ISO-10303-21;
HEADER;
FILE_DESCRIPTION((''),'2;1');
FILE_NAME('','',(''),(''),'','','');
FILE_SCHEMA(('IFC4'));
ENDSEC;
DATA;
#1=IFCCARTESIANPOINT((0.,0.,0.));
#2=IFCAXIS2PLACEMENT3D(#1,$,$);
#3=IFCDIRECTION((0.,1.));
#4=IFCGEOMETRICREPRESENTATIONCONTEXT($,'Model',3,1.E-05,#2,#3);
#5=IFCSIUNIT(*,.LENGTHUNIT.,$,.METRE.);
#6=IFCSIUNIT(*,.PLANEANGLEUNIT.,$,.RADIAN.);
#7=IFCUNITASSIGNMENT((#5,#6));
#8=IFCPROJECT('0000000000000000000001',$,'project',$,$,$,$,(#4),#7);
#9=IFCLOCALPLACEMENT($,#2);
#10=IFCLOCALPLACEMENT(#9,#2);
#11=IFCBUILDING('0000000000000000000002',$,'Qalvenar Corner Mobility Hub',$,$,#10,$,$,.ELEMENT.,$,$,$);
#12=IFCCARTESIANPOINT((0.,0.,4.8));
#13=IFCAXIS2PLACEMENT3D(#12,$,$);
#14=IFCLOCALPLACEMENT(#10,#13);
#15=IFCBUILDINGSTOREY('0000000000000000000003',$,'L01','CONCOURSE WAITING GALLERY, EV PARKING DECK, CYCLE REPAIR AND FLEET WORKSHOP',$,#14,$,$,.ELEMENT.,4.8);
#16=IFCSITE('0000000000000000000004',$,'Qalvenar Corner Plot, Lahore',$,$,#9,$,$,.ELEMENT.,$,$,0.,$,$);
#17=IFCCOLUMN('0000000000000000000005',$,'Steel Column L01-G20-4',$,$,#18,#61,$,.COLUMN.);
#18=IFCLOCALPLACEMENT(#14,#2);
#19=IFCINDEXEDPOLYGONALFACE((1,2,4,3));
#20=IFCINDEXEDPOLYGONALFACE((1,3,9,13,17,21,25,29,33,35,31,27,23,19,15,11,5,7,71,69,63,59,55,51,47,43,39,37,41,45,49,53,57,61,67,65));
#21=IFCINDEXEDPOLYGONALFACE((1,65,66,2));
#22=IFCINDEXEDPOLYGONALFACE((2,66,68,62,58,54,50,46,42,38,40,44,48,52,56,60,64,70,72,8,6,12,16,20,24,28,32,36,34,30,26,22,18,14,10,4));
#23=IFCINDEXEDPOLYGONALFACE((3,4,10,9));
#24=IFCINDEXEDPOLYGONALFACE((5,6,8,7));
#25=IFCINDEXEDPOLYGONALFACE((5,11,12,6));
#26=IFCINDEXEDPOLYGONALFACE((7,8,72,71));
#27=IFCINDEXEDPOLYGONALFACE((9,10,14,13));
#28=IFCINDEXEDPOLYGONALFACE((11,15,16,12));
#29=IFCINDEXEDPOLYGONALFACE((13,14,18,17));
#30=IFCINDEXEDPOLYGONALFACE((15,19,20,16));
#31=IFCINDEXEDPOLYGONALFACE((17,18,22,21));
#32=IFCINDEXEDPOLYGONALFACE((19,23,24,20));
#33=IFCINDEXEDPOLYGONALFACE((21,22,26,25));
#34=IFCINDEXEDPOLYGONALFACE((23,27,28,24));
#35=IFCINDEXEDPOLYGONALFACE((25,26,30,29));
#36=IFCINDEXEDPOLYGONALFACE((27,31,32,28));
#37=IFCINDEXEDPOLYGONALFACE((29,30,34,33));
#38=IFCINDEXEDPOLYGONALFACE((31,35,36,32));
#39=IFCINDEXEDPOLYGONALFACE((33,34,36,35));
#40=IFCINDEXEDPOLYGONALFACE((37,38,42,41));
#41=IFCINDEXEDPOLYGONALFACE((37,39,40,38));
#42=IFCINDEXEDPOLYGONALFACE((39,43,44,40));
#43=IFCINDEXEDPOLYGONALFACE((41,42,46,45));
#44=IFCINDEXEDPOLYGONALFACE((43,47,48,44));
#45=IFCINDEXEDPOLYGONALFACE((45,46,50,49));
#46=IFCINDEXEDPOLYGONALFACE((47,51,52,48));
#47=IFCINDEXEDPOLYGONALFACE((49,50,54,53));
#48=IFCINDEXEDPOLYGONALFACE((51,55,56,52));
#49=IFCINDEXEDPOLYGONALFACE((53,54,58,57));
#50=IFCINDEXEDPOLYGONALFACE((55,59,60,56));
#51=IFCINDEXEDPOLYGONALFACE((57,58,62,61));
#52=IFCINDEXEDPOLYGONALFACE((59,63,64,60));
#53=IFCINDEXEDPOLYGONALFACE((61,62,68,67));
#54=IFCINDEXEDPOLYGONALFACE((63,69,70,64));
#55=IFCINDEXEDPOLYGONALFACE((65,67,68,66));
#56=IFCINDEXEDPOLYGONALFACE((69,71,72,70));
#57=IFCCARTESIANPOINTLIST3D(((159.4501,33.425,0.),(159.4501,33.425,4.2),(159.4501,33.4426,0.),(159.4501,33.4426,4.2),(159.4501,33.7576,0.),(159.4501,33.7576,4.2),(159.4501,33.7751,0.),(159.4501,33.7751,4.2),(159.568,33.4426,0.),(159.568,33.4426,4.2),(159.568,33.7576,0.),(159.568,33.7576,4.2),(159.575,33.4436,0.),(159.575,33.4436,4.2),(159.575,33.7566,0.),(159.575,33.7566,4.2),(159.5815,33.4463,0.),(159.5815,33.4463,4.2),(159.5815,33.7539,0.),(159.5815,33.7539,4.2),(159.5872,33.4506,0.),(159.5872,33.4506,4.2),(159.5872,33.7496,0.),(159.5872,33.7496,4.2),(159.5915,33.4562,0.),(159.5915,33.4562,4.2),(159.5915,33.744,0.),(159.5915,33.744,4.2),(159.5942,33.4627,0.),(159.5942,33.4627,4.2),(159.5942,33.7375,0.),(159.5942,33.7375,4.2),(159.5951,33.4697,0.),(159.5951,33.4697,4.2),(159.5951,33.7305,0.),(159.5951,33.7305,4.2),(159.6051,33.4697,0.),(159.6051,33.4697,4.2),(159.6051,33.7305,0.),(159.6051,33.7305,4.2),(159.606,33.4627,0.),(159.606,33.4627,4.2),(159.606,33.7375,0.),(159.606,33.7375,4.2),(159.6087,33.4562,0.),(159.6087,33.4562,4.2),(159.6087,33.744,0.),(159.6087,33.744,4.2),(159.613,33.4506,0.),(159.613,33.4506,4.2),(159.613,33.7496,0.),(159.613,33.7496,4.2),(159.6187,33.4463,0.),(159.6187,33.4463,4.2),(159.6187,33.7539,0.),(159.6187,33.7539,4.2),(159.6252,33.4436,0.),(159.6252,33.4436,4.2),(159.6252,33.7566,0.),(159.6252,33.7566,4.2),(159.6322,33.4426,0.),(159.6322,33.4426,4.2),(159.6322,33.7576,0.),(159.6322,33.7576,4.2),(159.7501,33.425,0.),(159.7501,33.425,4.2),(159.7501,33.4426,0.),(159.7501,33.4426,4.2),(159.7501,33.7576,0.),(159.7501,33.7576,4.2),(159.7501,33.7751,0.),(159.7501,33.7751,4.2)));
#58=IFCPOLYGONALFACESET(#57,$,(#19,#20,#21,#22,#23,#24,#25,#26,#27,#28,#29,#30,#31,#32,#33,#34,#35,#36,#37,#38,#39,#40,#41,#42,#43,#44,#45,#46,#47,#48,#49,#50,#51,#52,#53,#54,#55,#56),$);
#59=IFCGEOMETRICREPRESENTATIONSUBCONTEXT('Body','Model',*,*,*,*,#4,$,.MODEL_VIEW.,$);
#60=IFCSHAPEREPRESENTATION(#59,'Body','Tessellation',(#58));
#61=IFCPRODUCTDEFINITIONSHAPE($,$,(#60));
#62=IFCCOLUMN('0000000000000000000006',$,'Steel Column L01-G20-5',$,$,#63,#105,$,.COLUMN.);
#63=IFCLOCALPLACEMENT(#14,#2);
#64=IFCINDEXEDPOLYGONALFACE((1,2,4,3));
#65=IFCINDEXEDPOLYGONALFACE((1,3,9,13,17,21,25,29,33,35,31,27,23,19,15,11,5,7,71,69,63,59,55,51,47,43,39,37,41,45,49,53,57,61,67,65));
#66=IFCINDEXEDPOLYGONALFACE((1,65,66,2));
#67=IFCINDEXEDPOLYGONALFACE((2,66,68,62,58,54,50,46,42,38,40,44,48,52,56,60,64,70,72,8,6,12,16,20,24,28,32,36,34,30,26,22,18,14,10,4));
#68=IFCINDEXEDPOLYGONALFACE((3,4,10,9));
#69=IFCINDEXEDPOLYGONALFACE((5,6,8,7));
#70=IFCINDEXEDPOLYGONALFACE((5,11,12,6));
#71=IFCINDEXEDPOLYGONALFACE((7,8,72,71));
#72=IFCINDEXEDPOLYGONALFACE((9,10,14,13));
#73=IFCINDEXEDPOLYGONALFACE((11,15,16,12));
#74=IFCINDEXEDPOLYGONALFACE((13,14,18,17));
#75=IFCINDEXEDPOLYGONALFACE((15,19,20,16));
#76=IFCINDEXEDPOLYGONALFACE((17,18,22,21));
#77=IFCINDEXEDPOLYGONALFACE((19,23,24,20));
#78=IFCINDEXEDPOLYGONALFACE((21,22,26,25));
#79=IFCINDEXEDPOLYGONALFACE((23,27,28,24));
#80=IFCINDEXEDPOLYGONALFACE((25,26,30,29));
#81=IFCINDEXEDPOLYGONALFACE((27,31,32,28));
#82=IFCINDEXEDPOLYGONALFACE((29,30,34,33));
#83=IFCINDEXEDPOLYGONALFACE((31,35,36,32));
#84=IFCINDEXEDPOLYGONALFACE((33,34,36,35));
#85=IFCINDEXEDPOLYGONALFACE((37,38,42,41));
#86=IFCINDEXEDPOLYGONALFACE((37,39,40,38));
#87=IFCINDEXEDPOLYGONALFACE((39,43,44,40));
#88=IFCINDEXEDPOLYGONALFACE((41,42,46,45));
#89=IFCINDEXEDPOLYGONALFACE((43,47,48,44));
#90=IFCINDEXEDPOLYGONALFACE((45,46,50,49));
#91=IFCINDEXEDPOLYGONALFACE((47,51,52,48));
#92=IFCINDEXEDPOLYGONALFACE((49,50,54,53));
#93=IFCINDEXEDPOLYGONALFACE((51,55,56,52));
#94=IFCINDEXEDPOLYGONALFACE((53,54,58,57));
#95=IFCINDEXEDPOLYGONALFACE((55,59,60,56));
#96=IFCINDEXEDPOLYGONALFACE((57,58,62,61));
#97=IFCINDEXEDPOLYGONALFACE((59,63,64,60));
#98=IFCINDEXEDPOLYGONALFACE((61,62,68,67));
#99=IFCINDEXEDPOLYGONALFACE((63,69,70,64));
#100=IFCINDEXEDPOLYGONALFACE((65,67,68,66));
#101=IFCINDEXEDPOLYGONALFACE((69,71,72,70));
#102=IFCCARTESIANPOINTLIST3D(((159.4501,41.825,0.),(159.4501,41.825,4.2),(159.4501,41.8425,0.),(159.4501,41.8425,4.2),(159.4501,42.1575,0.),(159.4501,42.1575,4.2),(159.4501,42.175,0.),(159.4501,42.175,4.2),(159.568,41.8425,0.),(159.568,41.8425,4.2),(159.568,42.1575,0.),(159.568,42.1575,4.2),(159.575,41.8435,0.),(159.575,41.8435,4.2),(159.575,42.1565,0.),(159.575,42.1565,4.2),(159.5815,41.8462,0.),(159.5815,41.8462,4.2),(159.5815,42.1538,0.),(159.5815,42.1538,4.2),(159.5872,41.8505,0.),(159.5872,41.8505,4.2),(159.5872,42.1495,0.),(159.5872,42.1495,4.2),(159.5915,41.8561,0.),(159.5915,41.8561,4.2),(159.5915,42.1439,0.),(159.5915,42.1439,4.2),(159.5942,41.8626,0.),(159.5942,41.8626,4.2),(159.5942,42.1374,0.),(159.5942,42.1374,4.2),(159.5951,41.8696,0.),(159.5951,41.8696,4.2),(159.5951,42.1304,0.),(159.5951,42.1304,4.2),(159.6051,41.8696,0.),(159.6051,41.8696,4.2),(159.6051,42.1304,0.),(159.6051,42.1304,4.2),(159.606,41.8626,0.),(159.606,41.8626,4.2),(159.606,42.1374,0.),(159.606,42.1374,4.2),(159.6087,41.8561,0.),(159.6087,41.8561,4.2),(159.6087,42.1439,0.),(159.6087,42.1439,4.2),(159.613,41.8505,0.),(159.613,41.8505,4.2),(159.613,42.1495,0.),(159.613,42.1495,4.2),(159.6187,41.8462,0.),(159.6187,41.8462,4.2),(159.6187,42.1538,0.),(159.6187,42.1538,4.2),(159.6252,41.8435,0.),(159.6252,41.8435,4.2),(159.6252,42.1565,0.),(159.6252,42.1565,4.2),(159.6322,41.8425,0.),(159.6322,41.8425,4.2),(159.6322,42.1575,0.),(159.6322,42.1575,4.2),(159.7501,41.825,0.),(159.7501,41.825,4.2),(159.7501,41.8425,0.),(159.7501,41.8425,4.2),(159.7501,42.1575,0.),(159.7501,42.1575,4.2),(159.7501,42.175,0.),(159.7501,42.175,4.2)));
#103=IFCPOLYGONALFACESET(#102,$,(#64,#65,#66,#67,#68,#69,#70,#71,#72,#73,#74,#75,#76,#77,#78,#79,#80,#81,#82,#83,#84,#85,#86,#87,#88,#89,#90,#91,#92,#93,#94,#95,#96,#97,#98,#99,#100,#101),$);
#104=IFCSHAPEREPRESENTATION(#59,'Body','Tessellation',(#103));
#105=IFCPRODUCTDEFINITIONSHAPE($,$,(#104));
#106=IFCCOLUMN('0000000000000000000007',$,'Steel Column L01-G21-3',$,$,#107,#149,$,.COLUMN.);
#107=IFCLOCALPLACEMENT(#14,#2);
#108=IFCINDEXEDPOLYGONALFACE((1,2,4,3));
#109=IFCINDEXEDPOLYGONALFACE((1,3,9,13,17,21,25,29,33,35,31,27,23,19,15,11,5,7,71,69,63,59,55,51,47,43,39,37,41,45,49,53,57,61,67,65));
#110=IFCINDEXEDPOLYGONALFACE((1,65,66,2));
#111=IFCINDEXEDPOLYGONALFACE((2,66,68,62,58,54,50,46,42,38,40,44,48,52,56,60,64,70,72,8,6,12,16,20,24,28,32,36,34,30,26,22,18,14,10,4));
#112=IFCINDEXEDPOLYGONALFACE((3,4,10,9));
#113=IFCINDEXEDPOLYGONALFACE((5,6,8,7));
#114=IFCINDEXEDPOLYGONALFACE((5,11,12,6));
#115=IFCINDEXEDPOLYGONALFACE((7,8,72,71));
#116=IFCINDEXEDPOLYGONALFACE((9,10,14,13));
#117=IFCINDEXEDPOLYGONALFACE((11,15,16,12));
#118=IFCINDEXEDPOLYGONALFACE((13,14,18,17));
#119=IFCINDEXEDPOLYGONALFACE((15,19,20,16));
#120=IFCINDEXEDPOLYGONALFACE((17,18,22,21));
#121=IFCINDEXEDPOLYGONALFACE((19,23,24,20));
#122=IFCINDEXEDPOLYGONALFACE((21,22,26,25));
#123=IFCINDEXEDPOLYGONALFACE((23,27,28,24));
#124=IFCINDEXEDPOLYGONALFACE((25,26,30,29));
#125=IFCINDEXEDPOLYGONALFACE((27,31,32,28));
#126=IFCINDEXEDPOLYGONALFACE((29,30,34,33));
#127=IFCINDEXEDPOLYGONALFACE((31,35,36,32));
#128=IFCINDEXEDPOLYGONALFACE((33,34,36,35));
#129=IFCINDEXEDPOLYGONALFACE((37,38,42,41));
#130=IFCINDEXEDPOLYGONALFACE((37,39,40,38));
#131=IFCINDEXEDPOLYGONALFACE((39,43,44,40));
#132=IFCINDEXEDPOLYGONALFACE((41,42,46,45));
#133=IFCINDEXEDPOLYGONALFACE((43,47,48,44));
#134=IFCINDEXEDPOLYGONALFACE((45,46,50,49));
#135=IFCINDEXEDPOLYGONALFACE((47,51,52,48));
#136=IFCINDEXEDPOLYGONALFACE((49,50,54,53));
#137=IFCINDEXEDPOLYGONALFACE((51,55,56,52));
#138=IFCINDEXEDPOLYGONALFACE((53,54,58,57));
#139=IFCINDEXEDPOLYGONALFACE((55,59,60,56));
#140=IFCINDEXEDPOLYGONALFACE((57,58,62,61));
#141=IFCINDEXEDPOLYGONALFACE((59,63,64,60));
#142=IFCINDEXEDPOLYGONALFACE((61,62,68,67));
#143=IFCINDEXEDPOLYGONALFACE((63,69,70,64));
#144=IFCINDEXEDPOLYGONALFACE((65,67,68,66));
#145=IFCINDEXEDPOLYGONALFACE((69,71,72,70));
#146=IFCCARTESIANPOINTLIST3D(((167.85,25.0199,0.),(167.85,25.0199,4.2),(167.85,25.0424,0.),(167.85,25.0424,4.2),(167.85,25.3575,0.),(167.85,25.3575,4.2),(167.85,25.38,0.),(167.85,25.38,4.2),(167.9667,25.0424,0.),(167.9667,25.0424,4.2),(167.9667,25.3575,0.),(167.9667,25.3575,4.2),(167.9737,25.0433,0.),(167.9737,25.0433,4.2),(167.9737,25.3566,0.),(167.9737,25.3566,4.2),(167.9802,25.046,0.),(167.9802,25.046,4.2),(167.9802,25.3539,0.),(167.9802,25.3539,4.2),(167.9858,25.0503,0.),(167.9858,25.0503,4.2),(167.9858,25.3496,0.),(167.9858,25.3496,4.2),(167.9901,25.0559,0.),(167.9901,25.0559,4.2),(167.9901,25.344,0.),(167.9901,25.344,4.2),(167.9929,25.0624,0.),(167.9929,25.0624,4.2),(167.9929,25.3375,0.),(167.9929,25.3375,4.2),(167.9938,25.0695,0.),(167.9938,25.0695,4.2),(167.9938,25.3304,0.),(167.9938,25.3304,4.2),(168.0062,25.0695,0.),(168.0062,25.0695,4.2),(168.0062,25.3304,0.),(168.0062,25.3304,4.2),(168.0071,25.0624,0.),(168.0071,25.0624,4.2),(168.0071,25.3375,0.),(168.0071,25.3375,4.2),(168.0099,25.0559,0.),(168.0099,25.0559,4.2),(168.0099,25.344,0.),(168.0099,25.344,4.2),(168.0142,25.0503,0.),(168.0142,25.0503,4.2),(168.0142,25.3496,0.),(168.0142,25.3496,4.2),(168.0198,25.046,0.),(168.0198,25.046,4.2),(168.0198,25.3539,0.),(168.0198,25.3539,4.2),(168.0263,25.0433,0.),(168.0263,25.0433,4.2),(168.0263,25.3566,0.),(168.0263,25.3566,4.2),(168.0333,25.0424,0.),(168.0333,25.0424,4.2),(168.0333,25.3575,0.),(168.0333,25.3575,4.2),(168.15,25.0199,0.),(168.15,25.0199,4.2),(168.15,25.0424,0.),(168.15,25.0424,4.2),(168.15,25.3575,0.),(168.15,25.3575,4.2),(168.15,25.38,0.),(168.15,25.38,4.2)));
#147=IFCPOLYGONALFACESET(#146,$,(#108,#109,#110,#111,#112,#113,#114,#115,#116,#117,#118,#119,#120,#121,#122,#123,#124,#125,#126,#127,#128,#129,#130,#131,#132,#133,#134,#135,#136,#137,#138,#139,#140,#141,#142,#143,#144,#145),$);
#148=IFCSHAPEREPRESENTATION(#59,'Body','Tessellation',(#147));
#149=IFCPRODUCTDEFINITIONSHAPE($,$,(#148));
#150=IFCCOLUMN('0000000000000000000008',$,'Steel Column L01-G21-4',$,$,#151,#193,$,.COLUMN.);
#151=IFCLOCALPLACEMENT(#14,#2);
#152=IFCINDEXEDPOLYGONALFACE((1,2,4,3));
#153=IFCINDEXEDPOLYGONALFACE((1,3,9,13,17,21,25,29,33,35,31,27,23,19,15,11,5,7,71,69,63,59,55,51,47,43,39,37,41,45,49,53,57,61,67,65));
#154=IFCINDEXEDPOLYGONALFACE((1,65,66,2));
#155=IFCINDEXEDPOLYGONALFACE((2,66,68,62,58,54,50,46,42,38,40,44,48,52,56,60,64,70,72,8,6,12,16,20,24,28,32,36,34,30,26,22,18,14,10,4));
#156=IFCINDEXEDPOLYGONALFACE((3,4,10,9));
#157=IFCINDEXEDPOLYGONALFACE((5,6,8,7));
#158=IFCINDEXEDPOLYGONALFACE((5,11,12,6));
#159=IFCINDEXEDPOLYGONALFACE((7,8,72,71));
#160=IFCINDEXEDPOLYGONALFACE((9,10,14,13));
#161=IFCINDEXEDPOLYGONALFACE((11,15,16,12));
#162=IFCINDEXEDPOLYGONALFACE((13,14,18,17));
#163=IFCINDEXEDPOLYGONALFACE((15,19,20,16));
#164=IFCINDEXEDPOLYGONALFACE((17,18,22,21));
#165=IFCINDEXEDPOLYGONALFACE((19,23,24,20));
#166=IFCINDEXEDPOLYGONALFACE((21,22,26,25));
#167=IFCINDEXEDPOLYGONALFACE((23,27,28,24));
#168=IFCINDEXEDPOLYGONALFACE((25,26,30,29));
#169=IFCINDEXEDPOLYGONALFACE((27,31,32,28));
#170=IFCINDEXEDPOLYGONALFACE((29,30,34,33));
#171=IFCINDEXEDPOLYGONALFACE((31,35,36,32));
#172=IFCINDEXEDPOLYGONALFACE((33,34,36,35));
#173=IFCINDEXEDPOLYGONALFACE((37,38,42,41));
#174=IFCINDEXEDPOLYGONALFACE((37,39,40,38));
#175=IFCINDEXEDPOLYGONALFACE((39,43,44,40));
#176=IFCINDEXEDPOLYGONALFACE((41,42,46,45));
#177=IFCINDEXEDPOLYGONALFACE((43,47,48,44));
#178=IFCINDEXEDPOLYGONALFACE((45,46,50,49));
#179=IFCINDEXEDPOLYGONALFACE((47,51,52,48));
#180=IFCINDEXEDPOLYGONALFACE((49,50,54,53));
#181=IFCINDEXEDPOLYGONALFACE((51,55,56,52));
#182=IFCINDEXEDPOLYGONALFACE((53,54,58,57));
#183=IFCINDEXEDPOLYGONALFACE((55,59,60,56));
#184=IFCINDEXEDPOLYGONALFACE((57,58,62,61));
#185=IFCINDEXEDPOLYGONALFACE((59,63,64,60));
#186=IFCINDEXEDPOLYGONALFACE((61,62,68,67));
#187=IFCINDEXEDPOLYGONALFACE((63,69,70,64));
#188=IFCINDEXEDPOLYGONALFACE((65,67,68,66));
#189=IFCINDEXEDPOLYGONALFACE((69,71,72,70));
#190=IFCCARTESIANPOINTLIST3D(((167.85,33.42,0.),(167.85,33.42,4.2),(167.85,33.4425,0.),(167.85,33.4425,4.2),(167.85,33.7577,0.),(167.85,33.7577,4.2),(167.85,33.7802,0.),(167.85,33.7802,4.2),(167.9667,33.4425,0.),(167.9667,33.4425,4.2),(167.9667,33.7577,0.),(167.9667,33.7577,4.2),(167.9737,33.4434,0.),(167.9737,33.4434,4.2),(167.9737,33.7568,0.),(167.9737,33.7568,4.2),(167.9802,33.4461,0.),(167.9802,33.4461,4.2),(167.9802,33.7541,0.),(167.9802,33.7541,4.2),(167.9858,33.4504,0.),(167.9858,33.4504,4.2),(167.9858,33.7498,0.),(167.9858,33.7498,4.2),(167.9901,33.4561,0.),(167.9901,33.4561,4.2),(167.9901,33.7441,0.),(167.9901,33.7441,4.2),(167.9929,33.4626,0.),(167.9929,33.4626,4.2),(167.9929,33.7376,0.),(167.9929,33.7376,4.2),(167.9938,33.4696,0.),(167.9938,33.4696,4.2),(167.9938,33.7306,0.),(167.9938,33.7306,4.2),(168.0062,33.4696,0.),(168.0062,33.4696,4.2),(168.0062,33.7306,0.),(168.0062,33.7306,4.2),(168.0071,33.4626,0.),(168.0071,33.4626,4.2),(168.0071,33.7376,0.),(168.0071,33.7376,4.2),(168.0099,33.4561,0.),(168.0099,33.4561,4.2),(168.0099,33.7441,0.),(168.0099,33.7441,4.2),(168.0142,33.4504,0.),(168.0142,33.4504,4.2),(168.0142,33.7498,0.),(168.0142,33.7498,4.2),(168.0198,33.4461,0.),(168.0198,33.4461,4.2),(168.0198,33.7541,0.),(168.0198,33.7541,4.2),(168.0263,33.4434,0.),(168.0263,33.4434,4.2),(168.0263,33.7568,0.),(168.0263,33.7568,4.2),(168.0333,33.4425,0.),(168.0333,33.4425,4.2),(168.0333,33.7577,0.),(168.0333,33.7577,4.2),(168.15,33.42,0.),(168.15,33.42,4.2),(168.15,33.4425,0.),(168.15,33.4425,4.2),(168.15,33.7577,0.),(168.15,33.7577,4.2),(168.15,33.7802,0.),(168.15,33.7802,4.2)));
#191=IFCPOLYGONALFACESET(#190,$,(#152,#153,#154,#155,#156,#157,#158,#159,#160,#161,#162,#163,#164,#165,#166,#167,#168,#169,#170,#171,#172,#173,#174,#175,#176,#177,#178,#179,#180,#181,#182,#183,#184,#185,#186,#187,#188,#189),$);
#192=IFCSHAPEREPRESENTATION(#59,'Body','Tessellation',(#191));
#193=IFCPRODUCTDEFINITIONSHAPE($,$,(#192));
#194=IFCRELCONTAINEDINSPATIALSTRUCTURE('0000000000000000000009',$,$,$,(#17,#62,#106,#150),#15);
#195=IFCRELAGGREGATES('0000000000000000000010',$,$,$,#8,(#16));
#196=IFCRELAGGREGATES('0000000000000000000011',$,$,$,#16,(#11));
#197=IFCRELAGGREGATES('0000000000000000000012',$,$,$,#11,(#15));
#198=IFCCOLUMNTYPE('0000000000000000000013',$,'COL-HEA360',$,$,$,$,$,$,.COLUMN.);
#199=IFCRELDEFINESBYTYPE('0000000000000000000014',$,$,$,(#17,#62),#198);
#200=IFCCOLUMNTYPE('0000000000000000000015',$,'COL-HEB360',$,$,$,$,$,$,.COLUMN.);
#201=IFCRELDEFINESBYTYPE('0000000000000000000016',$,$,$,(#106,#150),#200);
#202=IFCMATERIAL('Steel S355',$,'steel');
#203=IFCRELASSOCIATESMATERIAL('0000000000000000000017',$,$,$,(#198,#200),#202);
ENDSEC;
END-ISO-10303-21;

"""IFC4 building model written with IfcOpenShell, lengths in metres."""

from ifc_helpers import new_model, si_unit, direction, frame, origin, origin_2d, place, context, subcontext, project, spatial, i_section, extrude, material, material_profile, profile_set, type_object, element, save


model = new_model("IFC4")

# Units and contexts
model_context = context("Model", 3, precision=1e-05, world=origin(), true_north=direction((0.0, 1.0)))
body_context = subcontext(model_context, "Body", "Model", "MODEL_VIEW")
ifc_project = project(units=[si_unit("LENGTHUNIT", "METRE"), si_unit("PLANEANGLEUNIT", "RADIAN")], contexts=[model_context])

# Site, building, storey
site_placement = place(None, origin())
site = spatial("IfcSite", under=ifc_project, at=site_placement, Name="Qalvenar Corner Plot, Lahore", CompositionType="ELEMENT", RefElevation=0.0)
building_placement = place(site_placement, origin())
building = spatial("IfcBuilding", under=site, at=building_placement, Name="Qalvenar Corner Mobility Hub", CompositionType="ELEMENT")
storey_placement = place(building_placement, frame((0.0, 0.0, 4.8)))
storey = spatial("IfcBuildingStorey", under=building, at=storey_placement, Name="L01", Description="CONCOURSE WAITING GALLERY, EV PARKING DECK, CYCLE REPAIR AND FLEET WORKSHOP", CompositionType="ELEMENT", Elevation=4.8)

# Columns
ifc_material_1 = material(Name="Steel S355", Category="steel")
ifc_material_profile_1 = material_profile(ifc_material_1, i_section(OverallWidth=0.3, OverallDepth=0.3501, WebThickness=0.01, FlangeThickness=0.0176, FilletRadius=0.0271, at=origin_2d()), Name="HEA360")
ifc_profile_set_1 = profile_set([ifc_material_profile_1], Name="Steel S355")
column_type_1 = type_object("IfcColumnType", Name="COL-HEA360", PredefinedType="COLUMN", material=ifc_profile_set_1)
for number, where, z_axis, x_axis, name in (
    (1, (159.6001, 33.6001, 0.0), (0.0, 0.0, 1.0), (1.0, 0.0, 0.0), "Steel Column L01-G20-4"),
    (2, (159.6001, 42.0, 0.0), (0.0, 0.0, 1.0), (1.0, 0.0, 0.0), "Steel Column L01-G20-5"),
):
    element("IfcColumn", number, at=place(storey_placement, frame(where, z_axis=z_axis, x_axis=x_axis)), inside=storey, type_object=column_type_1, Name=name, PredefinedType="COLUMN", context=body_context, shape_type="SweptSolid", body=[
        extrude(i_section(OverallWidth=0.3, OverallDepth=0.3501, WebThickness=0.01, FlangeThickness=0.0176, FilletRadius=0.0271, at=origin_2d()), origin(), (0.0, 0.0, 1.0), 4.2),
    ])
ifc_material_profile_2 = material_profile(ifc_material_1, i_section(OverallWidth=0.3, OverallDepth=0.3601, WebThickness=0.0125, FlangeThickness=0.0225, FilletRadius=0.0271, at=origin_2d()), Name="HEB360")
ifc_profile_set_2 = profile_set([ifc_material_profile_2], Name="Steel S355")
column_type_2 = type_object("IfcColumnType", Name="COL-HEB360", PredefinedType="COLUMN", material=ifc_profile_set_2)
for number, where, z_axis, x_axis, name in (
    (3, (168.0, 25.2, 0.0), (0.0, 0.0, 1.0), (1.0, 0.0, 0.0), "Steel Column L01-G21-3"),
    (4, (168.0, 33.6001, 0.0), (0.0, 0.0, 1.0), (1.0, 0.0, 0.0), "Steel Column L01-G21-4"),
):
    element("IfcColumn", number, at=place(storey_placement, frame(where, z_axis=z_axis, x_axis=x_axis)), inside=storey, type_object=column_type_2, Name=name, PredefinedType="COLUMN", context=body_context, shape_type="SweptSolid", body=[
        extrude(i_section(OverallWidth=0.3, OverallDepth=0.3601, WebThickness=0.0125, FlangeThickness=0.0225, FilletRadius=0.0271, at=origin_2d()), origin(), (0.0, 0.0, 1.0), 4.2),
    ])

save(model, "model.ifc")
